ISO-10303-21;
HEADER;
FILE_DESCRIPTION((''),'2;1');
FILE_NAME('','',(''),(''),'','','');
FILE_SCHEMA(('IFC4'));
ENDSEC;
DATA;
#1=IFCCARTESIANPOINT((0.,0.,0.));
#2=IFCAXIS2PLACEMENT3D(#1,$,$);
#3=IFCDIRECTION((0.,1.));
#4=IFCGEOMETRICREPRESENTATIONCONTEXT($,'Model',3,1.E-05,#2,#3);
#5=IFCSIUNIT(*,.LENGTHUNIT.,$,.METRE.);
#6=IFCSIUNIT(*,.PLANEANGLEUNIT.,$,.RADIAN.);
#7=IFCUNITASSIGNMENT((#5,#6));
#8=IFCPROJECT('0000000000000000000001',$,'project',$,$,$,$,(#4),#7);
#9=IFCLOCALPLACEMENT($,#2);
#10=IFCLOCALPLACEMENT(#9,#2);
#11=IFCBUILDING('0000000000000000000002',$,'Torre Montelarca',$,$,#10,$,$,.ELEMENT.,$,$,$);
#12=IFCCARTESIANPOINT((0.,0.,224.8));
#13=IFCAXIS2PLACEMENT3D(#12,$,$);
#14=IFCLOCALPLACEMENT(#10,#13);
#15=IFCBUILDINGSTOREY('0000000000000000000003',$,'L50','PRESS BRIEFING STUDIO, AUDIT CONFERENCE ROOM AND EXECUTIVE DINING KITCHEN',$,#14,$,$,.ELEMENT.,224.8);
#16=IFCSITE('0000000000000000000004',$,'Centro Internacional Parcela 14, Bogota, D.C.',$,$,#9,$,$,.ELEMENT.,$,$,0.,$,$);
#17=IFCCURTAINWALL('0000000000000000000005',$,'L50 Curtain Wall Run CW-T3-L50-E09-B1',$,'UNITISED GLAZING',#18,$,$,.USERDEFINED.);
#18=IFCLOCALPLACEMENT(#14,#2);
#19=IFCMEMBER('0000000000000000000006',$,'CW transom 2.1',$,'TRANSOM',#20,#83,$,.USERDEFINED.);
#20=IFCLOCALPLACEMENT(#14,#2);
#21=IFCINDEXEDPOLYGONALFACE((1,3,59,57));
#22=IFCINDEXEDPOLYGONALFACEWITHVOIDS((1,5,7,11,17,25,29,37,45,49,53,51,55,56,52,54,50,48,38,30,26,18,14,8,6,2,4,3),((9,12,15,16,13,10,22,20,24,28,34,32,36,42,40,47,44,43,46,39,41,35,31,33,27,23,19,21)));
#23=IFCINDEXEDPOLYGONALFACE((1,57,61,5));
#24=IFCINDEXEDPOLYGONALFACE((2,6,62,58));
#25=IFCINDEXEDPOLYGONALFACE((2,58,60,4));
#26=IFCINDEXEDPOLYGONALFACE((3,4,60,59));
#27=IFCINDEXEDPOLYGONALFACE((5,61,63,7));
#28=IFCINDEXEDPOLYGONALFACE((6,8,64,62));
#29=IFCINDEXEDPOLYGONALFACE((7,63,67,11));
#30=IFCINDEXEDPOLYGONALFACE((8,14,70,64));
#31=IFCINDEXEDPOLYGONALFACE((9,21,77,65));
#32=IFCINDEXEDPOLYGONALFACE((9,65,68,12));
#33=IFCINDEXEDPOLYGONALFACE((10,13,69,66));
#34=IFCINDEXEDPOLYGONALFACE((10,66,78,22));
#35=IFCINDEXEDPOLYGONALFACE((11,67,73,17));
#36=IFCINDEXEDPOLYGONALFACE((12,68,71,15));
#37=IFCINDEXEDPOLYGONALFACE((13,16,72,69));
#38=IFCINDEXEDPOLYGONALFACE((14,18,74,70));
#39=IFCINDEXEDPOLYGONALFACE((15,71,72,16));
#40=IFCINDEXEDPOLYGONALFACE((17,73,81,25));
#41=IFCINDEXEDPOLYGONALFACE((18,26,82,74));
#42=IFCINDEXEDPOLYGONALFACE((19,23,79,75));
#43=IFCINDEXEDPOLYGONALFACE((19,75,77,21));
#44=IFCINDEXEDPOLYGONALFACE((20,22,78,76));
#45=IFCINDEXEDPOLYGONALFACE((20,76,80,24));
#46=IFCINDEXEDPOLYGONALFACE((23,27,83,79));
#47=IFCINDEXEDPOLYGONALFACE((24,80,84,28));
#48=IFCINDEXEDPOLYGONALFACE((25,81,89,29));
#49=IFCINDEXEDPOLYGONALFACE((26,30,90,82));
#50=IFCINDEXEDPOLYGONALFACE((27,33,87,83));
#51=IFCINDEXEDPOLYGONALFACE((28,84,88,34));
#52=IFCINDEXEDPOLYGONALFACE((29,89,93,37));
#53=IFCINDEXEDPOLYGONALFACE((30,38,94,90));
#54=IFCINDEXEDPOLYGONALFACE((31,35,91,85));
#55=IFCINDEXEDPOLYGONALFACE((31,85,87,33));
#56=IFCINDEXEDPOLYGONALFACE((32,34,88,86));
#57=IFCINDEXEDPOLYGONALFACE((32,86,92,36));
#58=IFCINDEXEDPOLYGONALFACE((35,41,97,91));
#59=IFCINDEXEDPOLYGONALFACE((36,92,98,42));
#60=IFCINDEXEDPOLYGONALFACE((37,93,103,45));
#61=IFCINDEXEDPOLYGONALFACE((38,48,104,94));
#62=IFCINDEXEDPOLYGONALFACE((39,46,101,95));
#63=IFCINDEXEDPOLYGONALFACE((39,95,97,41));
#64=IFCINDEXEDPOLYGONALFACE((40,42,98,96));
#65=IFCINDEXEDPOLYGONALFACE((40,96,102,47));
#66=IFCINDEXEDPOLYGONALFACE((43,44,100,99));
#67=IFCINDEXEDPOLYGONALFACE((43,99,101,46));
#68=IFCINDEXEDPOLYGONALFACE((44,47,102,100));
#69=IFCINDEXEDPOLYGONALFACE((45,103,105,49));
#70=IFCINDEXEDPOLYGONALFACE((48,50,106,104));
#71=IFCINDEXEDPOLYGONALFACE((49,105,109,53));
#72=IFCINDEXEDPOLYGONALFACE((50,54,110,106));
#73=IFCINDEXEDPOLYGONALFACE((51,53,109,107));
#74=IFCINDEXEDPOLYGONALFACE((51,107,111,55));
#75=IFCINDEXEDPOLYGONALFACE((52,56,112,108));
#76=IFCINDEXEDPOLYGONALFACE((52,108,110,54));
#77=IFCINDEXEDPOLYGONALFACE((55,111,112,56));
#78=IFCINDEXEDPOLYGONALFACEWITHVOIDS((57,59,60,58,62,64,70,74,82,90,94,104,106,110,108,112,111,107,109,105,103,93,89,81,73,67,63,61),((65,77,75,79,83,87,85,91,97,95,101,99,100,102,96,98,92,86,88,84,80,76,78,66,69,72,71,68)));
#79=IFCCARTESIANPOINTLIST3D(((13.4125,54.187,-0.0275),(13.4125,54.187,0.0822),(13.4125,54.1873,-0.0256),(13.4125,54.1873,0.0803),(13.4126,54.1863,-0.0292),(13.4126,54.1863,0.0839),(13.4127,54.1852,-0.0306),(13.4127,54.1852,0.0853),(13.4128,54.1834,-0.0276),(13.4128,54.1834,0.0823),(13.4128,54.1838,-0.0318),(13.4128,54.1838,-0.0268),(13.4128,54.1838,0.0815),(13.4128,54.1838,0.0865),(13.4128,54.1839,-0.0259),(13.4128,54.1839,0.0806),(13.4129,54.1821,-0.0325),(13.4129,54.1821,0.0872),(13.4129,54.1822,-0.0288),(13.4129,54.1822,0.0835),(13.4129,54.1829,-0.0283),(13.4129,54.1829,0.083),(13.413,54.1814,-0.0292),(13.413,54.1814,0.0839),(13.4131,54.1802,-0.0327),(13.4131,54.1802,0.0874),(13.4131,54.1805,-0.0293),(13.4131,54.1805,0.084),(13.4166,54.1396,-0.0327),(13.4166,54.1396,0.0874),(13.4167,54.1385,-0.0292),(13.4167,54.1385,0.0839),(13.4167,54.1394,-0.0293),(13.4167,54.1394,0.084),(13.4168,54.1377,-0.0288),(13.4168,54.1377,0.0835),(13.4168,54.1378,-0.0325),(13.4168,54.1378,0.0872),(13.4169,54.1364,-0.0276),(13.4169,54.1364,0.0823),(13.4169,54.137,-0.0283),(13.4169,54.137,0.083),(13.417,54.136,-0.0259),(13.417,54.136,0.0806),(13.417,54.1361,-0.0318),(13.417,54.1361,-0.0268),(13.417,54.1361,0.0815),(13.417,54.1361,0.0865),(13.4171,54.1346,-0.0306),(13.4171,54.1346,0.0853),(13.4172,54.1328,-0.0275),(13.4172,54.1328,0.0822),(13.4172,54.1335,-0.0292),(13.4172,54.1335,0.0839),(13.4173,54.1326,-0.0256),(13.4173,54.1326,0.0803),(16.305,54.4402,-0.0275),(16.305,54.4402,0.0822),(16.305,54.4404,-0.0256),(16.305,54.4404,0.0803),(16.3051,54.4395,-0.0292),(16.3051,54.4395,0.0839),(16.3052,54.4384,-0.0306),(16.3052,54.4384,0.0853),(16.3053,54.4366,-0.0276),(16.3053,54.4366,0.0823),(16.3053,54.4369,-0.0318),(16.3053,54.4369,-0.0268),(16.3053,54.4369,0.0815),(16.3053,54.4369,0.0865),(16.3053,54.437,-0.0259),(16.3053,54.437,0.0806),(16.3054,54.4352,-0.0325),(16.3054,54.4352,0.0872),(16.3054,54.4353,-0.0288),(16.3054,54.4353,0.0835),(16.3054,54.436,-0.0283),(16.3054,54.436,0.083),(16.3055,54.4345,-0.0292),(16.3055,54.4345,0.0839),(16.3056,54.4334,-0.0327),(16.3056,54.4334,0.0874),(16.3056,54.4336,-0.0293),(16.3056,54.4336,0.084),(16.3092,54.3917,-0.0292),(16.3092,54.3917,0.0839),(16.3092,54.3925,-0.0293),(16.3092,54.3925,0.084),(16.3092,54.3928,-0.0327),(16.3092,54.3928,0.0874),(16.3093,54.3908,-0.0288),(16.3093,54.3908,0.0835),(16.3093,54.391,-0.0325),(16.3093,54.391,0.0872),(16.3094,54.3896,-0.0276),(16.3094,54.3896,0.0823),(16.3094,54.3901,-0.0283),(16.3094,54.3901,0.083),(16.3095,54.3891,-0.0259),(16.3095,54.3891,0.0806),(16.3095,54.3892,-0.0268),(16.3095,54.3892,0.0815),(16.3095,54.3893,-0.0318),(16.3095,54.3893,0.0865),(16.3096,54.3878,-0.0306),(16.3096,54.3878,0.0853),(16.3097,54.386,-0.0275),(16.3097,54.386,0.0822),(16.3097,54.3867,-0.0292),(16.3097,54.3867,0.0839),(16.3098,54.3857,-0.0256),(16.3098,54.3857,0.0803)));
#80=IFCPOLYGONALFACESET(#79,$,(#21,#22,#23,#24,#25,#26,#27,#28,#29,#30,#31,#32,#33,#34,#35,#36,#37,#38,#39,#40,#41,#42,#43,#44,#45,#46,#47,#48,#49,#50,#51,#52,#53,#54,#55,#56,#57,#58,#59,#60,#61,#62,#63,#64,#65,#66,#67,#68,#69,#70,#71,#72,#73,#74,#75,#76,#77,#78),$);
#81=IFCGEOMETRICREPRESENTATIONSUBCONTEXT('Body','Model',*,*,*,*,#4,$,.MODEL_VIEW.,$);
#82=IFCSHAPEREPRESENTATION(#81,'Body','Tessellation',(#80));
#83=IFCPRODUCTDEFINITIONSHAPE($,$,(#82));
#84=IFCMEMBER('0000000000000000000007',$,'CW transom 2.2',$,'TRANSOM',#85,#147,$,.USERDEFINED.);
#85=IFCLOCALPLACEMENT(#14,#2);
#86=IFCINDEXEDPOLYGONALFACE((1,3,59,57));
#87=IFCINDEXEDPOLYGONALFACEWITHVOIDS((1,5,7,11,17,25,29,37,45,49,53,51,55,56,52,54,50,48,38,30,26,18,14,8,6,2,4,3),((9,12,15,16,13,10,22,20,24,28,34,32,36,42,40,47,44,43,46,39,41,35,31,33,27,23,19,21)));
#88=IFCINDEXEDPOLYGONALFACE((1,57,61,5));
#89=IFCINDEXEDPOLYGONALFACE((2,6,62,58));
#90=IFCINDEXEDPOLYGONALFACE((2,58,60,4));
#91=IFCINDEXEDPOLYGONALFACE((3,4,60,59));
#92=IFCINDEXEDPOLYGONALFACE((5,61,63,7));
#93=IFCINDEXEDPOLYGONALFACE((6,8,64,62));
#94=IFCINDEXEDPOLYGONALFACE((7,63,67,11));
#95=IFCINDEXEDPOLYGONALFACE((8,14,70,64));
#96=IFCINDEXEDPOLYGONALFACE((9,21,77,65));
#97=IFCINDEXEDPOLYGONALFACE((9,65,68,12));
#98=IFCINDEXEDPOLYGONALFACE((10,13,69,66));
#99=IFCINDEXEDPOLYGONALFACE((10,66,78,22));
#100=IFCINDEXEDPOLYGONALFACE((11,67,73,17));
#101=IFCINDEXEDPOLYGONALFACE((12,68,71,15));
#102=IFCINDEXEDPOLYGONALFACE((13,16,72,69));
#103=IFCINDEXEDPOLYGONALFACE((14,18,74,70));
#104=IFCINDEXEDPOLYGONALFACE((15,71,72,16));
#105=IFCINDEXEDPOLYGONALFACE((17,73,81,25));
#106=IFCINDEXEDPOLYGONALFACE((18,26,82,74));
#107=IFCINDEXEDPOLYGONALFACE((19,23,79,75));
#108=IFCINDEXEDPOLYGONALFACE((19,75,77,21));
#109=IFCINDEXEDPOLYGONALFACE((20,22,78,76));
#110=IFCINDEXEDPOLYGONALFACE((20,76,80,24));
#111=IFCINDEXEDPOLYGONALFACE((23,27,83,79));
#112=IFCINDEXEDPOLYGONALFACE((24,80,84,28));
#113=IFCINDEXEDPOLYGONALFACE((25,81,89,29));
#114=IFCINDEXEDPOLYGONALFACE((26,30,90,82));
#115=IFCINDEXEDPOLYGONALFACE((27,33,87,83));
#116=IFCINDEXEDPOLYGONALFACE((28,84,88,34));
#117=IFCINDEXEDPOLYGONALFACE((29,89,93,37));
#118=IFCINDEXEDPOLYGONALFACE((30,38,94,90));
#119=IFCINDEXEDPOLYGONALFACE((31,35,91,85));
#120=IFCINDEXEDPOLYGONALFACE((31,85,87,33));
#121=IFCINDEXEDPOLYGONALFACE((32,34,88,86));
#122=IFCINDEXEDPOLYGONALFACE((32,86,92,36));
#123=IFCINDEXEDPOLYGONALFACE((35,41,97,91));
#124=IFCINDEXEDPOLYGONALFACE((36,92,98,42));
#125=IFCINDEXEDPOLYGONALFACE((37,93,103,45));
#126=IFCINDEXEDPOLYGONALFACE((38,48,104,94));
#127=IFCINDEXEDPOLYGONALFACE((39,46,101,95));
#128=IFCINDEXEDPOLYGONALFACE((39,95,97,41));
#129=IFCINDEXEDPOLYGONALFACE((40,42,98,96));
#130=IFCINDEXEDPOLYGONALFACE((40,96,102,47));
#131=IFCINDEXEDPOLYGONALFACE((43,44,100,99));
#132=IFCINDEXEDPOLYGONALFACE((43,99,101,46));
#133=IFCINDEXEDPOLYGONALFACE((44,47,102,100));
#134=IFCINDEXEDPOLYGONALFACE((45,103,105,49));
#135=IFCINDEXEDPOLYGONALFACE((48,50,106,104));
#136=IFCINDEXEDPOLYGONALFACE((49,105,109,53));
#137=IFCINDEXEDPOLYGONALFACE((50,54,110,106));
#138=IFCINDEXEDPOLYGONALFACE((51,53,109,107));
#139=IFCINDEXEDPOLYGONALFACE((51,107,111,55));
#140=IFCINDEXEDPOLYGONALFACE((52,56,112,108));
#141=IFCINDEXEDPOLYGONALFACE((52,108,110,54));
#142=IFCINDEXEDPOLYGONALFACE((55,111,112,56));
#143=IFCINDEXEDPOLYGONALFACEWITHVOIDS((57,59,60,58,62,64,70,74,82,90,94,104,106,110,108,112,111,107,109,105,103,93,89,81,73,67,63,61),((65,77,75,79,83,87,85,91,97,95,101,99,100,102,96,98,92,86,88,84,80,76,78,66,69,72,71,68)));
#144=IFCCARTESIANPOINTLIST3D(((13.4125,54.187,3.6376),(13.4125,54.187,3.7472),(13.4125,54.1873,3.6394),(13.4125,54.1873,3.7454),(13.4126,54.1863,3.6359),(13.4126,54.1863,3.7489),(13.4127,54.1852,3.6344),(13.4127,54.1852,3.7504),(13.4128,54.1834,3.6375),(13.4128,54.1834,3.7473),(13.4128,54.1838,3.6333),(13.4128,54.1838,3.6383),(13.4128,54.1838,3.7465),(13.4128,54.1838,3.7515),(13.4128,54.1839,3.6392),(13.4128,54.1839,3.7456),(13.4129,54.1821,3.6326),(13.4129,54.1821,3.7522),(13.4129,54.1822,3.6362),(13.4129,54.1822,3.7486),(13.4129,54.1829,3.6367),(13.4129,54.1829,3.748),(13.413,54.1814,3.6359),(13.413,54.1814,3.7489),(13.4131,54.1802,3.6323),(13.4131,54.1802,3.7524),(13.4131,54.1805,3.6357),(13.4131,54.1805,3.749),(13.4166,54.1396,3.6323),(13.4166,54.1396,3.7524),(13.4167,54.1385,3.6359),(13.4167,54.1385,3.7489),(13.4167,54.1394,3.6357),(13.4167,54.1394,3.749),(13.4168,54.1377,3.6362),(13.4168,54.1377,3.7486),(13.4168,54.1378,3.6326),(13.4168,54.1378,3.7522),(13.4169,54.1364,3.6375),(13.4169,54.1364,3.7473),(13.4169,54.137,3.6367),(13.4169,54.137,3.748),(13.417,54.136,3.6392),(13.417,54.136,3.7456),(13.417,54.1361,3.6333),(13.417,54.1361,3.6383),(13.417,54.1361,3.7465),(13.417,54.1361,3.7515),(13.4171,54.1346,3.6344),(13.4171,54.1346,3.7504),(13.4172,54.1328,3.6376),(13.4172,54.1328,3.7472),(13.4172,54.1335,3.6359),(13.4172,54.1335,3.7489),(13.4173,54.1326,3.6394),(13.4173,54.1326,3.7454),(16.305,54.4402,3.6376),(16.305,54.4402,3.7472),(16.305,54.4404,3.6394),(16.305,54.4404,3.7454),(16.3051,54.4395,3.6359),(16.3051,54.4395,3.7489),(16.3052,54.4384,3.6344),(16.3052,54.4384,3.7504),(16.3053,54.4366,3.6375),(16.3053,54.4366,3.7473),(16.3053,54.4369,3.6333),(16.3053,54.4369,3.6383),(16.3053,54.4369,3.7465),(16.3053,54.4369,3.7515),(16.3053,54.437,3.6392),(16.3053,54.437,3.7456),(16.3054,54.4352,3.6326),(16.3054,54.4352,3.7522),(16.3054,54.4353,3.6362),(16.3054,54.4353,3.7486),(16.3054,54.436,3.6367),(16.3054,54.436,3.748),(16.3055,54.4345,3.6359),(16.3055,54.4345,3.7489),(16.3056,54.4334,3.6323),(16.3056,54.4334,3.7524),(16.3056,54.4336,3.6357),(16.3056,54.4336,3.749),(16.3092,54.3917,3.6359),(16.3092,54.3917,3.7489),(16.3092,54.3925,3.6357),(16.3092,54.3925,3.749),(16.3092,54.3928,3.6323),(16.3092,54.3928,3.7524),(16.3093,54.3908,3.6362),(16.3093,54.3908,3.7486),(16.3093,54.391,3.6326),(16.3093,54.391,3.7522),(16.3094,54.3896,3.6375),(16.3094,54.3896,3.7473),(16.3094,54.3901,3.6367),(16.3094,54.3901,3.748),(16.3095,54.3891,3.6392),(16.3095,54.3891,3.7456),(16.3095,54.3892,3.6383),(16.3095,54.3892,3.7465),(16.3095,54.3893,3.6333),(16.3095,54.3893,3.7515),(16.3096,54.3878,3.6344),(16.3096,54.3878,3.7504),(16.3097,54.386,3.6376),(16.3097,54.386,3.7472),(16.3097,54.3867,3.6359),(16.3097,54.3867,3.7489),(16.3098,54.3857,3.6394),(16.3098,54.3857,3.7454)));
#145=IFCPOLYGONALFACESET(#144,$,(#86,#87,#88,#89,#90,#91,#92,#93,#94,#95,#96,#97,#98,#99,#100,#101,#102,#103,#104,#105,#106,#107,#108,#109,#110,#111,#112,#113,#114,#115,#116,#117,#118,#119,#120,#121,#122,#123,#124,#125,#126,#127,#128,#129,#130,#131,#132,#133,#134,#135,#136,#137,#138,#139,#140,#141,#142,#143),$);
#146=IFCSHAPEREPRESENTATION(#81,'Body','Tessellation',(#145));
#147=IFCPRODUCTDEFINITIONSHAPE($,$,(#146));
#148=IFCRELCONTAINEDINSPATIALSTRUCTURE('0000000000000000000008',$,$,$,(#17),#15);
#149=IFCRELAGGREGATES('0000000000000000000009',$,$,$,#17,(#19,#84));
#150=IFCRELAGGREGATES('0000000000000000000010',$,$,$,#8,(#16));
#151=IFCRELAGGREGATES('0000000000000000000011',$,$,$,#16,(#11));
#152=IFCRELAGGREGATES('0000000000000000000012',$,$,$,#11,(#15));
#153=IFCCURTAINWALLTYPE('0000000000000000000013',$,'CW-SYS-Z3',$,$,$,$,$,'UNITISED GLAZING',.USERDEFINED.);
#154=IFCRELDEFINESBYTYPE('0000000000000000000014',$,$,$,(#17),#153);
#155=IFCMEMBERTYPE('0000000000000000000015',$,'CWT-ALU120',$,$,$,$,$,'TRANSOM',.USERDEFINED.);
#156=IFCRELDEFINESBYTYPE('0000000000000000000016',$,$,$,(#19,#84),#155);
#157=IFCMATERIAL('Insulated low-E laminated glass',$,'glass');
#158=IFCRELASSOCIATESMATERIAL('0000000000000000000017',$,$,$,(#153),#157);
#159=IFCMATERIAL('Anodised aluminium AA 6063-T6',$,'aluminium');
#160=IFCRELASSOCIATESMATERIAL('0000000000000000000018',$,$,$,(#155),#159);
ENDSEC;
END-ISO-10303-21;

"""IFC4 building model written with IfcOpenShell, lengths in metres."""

from ifc_helpers import new_model, si_unit, direction, frame, origin, origin_2d, place, context, subcontext, project, spatial, hollow_rectangle, extrude, source, transform, mapped, material, material_profile, profile_set, type_object, element, aggregate, save


model = new_model("IFC4")

# Units and contexts
model_context = context("Model", 3, precision=1e-05, world=origin(), true_north=direction((0.0, 1.0)))
body_context = subcontext(model_context, "Body", "Model", "MODEL_VIEW")
ifc_project = project(units=[si_unit("LENGTHUNIT", "METRE"), si_unit("PLANEANGLEUNIT", "RADIAN")], contexts=[model_context])

# Site, building, storey
site_placement = place(None, origin())
site = spatial("IfcSite", under=ifc_project, at=site_placement, Name="Centro Internacional Parcela 14, Bogota, D.C.", CompositionType="ELEMENT", RefElevation=0.0)
building_placement = place(site_placement, origin())
building = spatial("IfcBuilding", under=site, at=building_placement, Name="Torre Montelarca", CompositionType="ELEMENT")
storey_placement = place(building_placement, frame((0.0, 0.0, 224.8)))
storey = spatial("IfcBuildingStorey", under=building, at=storey_placement, Name="L50", Description="PRESS BRIEFING STUDIO, AUDIT CONFERENCE ROOM AND EXECUTIVE DINING KITCHEN", CompositionType="ELEMENT", Elevation=224.8)

# Curtain wall, members
ifc_material_1 = material(Name="Insulated low-E laminated glass", Category="glass")
curtain_wall_type = type_object("IfcCurtainWallType", Name="CW-SYS-Z3", ElementType="UNITISED GLAZING", PredefinedType="USERDEFINED", material=ifc_material_1)
curtain_wall_1_placement = place(storey_placement, origin())
curtain_wall_1 = element("IfcCurtainWall", 1, at=curtain_wall_1_placement, inside=storey, type_object=curtain_wall_type, Name="L50 Curtain Wall Run CW-T3-L50-E09-B1", ObjectType="UNITISED GLAZING", PredefinedType="USERDEFINED")
ifc_material_2 = material(Name="Anodised aluminium AA 6063-T6", Category="aluminium")
ifc_material_profile_1 = material_profile(ifc_material_2, hollow_rectangle(XDim=0.0549, YDim=0.1201, WallThickness=0.0034, InnerFilletRadius=0.0034, OuterFilletRadius=0.0071, at=origin_2d()), Name="ALU55X120X3.5", Category="aluminium")
ifc_profile_set_1 = profile_set([ifc_material_profile_1], Name="Anodised aluminium AA 6063-T6")
member_type_1 = type_object("IfcMemberType", Name="CWT-ALU120", ElementType="TRANSOM", PredefinedType="USERDEFINED", material=ifc_profile_set_1)
shared_shape_1 = source(origin(), body_context, "Body", "SweptSolid", [
    extrude(hollow_rectangle(XDim=0.0549, YDim=0.1201, WallThickness=0.0034, InnerFilletRadius=0.0034, OuterFilletRadius=0.0071, at=origin_2d()), origin(), (0.0, 0.0, 1.0), 2.9036),
])
member_1_placement = place(storey_placement, frame((16.3074, 54.4131, 0.0273), z_axis=(-0.996192, -0.087192, 0.0), x_axis=(0.087192, -0.996192, 0.0)))
member_1 = element("IfcMember", 2, at=member_1_placement, type_object=member_type_1, Name="CW transom 2.1", ObjectType="TRANSOM", PredefinedType="USERDEFINED", context=body_context, shape_type="MappedRepresentation", body=[
    mapped(shared_shape_1, transform((0.0, 0.0, 0.0), scale=1.0)),
])
member_2_placement = place(storey_placement, frame((16.3074, 54.4131, 3.6924), z_axis=(-0.996192, -0.087192, 0.0), x_axis=(0.087192, -0.996192, 0.0)))
member_2 = element("IfcMember", 3, at=member_2_placement, type_object=member_type_1, Name="CW transom 2.2", ObjectType="TRANSOM", PredefinedType="USERDEFINED", context=body_context, shape_type="MappedRepresentation", body=[
    mapped(shared_shape_1, transform((0.0, 0.0, 0.0), scale=1.0)),
])

aggregate(curtain_wall_1, [member_1, member_2])

save(model, "model.ifc")
